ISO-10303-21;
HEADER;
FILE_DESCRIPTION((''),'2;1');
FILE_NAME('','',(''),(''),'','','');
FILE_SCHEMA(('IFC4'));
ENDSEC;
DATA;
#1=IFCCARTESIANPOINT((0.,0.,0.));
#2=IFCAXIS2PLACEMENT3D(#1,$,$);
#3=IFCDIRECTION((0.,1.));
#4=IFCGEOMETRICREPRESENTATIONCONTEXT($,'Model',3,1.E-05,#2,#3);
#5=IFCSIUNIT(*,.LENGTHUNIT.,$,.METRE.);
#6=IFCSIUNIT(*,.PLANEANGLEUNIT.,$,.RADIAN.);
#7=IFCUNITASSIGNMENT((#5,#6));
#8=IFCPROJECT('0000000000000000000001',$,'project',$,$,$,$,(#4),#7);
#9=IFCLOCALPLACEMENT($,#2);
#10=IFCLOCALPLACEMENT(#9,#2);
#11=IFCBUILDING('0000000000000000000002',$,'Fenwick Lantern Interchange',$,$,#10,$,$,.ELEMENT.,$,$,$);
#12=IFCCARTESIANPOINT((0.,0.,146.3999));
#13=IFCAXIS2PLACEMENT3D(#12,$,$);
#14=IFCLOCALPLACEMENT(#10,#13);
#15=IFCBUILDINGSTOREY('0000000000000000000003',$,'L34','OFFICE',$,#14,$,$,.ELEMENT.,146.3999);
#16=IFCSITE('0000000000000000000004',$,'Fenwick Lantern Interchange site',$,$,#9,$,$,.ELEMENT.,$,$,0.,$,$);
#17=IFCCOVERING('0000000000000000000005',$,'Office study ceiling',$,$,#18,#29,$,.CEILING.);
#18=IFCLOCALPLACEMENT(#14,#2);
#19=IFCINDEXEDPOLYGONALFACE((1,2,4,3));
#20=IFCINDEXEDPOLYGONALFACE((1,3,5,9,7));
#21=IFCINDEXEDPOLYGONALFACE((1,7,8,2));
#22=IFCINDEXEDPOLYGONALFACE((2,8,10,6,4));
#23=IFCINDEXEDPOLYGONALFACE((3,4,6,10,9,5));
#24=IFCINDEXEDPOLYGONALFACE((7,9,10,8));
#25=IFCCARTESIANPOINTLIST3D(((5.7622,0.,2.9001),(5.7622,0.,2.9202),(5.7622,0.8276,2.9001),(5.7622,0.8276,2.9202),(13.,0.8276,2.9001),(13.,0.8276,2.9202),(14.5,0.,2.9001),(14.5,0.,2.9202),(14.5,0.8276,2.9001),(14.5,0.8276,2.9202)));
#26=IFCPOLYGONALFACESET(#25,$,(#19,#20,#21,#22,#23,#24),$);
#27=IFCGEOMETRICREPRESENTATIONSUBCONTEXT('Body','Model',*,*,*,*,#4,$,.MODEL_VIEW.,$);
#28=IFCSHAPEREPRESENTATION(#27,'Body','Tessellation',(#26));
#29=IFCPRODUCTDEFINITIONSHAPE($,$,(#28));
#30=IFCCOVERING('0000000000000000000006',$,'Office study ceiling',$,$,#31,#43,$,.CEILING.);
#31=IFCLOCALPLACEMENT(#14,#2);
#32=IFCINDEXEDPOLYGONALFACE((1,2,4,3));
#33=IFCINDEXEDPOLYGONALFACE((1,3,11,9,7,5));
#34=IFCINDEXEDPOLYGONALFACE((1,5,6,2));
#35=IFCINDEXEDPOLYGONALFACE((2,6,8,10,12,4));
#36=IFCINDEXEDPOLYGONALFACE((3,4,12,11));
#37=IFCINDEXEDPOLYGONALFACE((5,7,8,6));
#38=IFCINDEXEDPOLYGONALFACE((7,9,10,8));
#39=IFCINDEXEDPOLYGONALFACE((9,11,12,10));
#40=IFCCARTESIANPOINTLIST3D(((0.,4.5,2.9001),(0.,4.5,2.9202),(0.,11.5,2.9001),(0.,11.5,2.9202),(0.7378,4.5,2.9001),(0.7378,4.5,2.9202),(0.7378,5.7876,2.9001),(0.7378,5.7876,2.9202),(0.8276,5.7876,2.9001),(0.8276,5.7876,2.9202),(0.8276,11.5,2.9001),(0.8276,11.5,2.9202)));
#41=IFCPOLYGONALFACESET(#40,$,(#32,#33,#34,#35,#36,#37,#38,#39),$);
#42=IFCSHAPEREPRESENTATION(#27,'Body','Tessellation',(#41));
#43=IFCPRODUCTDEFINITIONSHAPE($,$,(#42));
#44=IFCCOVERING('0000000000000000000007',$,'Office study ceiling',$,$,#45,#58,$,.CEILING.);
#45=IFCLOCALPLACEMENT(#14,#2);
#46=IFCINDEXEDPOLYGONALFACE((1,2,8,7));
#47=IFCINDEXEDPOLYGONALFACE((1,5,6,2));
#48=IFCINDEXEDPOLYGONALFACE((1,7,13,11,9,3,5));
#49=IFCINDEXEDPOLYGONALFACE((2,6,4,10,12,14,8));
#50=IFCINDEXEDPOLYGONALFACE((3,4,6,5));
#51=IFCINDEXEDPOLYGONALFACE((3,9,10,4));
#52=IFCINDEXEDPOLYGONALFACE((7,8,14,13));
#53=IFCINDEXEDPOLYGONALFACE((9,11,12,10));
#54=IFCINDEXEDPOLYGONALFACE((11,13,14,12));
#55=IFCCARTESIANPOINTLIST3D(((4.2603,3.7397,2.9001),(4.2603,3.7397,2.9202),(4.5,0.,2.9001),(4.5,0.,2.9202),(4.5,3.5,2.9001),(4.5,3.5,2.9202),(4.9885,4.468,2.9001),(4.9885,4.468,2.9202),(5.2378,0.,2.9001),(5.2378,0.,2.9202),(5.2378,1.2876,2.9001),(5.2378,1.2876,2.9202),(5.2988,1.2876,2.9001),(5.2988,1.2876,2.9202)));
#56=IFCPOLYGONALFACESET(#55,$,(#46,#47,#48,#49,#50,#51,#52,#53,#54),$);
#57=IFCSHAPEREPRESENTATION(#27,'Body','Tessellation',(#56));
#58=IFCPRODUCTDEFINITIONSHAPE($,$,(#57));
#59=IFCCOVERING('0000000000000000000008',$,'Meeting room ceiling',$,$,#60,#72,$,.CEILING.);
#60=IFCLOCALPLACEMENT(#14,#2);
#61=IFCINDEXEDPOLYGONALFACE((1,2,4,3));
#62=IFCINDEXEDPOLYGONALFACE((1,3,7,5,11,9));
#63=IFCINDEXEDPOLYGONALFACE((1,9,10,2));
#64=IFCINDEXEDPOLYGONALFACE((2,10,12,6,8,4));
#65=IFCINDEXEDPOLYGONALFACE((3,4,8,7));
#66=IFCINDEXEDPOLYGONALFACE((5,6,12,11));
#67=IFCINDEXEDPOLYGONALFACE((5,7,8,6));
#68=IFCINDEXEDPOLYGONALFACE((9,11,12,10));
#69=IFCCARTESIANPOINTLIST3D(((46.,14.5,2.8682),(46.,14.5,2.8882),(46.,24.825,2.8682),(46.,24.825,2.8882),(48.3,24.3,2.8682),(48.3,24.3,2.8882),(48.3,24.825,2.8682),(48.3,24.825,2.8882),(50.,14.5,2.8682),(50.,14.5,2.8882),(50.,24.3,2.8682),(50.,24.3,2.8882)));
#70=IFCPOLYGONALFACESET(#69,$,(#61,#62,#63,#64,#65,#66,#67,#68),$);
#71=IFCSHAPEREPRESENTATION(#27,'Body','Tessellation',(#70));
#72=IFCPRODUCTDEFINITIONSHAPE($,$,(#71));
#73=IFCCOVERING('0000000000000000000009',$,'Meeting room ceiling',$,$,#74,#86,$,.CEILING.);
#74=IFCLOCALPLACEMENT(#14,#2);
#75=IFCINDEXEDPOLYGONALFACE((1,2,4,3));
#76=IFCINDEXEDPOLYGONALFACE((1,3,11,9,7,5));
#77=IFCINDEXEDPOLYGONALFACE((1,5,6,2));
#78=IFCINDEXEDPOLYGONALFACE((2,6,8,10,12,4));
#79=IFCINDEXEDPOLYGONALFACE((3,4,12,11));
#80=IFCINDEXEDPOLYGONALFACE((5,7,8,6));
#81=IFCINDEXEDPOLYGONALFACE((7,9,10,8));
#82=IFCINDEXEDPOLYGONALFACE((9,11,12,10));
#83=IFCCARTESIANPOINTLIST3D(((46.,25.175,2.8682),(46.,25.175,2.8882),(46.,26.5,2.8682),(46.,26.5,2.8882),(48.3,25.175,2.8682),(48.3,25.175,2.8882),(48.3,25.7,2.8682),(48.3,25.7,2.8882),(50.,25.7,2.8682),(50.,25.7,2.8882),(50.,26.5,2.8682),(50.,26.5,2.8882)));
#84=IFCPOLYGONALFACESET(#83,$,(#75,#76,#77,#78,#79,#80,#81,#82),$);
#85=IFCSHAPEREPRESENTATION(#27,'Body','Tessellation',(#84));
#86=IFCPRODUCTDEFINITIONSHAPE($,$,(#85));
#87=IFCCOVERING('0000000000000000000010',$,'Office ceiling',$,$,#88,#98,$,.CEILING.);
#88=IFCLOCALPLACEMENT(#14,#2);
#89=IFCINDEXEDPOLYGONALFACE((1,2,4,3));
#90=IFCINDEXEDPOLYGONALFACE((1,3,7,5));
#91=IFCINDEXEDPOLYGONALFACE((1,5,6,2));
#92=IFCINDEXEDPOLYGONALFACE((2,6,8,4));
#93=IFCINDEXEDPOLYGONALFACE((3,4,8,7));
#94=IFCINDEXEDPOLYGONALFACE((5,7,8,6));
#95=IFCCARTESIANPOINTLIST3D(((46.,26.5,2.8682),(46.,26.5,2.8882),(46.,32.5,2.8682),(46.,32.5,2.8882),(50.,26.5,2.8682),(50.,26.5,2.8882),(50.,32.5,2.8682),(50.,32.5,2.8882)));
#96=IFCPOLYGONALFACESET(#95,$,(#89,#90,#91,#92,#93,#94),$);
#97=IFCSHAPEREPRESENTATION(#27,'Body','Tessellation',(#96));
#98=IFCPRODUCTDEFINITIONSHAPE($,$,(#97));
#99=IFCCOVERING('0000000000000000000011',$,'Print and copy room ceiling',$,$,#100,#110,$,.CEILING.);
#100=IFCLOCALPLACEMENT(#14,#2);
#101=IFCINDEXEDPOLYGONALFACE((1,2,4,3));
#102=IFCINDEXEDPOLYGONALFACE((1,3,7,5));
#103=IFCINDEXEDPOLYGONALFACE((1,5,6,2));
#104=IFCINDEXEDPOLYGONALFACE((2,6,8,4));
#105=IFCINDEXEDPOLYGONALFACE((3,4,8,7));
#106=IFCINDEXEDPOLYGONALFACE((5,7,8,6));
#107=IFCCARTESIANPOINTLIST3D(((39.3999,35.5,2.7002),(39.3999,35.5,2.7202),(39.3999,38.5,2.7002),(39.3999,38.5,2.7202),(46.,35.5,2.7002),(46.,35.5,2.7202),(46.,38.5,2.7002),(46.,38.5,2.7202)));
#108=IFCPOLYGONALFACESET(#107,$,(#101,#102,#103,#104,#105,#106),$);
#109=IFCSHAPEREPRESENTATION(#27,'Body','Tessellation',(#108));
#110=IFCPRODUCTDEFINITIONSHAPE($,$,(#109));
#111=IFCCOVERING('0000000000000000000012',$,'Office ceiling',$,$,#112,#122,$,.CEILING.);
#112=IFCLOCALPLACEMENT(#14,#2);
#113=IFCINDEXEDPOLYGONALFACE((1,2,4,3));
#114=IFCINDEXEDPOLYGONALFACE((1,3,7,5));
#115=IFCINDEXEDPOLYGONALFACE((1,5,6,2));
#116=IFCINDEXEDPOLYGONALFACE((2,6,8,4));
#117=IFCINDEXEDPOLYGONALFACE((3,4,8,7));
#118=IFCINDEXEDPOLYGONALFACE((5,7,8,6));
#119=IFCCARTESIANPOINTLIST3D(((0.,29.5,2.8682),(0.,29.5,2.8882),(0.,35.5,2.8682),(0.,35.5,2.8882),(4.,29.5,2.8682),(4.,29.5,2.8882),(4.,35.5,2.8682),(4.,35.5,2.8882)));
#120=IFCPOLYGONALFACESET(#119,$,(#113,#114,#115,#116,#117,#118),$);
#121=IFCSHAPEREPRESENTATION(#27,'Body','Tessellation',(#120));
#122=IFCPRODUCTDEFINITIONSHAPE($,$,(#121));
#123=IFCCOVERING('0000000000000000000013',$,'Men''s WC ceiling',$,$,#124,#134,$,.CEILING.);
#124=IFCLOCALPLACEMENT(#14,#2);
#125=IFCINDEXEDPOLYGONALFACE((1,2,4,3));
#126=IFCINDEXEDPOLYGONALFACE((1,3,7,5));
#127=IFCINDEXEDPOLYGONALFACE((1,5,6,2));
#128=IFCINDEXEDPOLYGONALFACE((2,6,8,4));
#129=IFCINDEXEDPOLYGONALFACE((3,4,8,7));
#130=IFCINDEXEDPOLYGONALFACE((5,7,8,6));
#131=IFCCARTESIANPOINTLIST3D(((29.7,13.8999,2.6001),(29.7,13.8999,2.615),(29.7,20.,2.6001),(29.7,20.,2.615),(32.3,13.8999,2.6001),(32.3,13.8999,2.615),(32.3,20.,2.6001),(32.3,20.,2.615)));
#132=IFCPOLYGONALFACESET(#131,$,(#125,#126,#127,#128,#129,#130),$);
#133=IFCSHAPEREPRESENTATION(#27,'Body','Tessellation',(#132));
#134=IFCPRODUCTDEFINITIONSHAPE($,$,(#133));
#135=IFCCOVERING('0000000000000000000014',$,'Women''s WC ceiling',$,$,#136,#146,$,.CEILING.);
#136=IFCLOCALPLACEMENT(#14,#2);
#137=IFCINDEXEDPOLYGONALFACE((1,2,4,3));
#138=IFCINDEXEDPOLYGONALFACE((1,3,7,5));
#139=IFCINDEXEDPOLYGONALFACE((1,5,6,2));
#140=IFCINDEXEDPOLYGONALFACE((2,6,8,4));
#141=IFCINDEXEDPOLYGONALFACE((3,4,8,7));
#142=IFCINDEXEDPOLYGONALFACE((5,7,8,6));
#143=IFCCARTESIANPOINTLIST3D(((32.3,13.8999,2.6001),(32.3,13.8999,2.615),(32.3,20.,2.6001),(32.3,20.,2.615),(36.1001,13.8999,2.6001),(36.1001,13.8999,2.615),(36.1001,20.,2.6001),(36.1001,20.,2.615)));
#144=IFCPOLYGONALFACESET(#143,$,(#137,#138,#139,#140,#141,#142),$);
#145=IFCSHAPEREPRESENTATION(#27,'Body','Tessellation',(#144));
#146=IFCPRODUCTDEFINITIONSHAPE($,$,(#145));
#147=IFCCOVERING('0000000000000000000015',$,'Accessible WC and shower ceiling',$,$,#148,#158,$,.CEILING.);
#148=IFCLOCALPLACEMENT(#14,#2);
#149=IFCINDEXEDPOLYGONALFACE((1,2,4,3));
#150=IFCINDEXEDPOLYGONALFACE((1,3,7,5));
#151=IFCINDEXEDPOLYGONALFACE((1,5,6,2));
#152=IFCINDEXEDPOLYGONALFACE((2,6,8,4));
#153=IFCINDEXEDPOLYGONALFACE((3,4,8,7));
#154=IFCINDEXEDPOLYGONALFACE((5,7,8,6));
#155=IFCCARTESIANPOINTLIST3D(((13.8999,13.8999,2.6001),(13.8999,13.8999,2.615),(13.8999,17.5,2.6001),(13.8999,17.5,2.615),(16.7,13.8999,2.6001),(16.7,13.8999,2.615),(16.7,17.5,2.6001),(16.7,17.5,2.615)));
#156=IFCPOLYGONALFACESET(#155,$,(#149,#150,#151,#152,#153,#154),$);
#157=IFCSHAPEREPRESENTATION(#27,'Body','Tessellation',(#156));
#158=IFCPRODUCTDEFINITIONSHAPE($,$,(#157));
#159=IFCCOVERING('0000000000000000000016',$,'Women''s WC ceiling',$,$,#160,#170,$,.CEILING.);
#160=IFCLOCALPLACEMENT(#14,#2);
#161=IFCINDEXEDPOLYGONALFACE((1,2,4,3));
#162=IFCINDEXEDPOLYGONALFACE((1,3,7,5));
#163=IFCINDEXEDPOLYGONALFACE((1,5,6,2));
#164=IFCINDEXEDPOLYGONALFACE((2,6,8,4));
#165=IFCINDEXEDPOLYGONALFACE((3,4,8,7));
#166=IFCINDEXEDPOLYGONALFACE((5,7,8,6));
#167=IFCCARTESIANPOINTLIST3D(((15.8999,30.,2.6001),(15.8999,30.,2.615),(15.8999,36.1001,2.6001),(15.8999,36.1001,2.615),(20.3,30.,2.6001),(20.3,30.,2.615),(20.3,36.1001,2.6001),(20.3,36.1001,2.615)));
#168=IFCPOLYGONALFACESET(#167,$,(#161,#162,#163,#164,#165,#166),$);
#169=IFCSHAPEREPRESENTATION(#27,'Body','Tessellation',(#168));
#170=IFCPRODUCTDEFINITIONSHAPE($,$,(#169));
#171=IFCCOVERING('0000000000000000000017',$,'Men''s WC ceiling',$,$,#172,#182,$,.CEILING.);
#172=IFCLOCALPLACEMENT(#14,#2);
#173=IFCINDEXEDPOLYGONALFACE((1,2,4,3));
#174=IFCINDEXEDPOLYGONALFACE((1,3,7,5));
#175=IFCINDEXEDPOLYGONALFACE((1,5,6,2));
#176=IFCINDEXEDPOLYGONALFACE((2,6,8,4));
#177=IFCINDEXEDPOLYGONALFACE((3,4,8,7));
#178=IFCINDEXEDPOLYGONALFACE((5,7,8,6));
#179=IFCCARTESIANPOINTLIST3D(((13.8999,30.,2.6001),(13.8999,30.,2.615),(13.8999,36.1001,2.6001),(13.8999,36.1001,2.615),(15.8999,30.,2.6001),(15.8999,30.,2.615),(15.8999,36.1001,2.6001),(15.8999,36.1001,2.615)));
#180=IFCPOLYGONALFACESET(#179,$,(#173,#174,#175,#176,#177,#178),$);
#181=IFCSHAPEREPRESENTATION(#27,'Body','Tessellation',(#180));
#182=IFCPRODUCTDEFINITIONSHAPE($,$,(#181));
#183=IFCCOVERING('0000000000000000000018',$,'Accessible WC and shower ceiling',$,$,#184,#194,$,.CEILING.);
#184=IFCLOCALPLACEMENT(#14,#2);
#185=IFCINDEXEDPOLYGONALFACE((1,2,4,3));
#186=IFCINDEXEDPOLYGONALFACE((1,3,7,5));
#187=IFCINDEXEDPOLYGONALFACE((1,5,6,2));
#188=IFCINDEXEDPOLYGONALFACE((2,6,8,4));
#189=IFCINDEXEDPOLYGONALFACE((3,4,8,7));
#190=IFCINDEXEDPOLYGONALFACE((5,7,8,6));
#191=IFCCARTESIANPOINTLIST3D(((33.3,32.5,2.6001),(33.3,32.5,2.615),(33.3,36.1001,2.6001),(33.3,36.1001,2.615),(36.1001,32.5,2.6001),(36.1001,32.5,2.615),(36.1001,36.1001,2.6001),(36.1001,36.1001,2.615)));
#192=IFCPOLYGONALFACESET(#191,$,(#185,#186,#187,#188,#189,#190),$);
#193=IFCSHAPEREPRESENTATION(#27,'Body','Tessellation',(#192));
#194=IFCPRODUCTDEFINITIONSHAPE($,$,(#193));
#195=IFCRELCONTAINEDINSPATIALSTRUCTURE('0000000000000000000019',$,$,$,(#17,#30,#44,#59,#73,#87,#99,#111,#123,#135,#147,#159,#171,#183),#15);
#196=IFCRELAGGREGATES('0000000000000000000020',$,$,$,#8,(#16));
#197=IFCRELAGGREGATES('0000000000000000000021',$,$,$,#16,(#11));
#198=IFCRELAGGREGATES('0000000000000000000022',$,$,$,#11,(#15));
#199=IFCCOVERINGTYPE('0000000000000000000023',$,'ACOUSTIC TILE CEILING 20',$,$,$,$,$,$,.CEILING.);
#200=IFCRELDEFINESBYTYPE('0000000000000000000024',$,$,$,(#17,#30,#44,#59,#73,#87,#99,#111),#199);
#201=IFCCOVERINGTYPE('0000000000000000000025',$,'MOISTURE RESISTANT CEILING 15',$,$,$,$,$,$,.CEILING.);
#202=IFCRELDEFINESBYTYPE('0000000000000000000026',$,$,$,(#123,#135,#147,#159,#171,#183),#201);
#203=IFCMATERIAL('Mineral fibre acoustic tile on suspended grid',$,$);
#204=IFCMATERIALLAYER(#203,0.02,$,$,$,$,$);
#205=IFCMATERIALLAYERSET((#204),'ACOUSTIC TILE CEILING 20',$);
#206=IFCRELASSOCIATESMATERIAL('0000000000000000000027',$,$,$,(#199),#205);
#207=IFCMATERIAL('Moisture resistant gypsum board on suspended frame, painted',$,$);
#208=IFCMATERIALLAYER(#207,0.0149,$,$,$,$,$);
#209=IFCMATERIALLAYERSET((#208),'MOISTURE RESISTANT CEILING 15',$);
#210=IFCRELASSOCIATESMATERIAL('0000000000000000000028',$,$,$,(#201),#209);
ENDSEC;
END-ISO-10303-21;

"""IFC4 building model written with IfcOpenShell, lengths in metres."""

from ifc_helpers import new_model, si_unit, direction, frame, origin, place, context, subcontext, project, spatial, polyline, outline, extrude, material, layer, layer_set, type_object, element, save


model = new_model("IFC4")

# Units and contexts
model_context = context("Model", 3, precision=1e-05, world=origin(), true_north=direction((0.0, 1.0)))
body_context = subcontext(model_context, "Body", "Model", "MODEL_VIEW")
ifc_project = project(units=[si_unit("LENGTHUNIT", "METRE"), si_unit("PLANEANGLEUNIT", "RADIAN")], contexts=[model_context])

# Site, building, storey
site_placement = place(None, origin())
site = spatial("IfcSite", under=ifc_project, at=site_placement, Name="Fenwick Lantern Interchange site", CompositionType="ELEMENT", RefElevation=0.0)
building_placement = place(site_placement, origin())
building = spatial("IfcBuilding", under=site, at=building_placement, Name="Fenwick Lantern Interchange", CompositionType="ELEMENT")
storey_placement = place(building_placement, frame((0.0, 0.0, 146.3999)))
storey = spatial("IfcBuildingStorey", under=building, at=storey_placement, Name="L34", Description="OFFICE", CompositionType="ELEMENT", Elevation=146.3999)

# Coverings
ifc_material_1 = material(Name="Mineral fibre acoustic tile on suspended grid")
ifc_layer_1 = layer(ifc_material_1, 0.02)
ifc_layer_set_1 = layer_set([ifc_layer_1], Name="ACOUSTIC TILE CEILING 20")
covering_type_1 = type_object("IfcCoveringType", Name="ACOUSTIC TILE CEILING 20", PredefinedType="CEILING", material=ifc_layer_set_1)
covering_1_placement = place(storey_placement, frame((0.0, 0.0, 2.9001)))
element("IfcCovering", 1, at=covering_1_placement, inside=storey, type_object=covering_type_1, Name="Office study ceiling", PredefinedType="CEILING", context=body_context, shape_type="SweptSolid", body=[
    extrude(outline(polyline([(14.5, 0.0), (14.5, 0.8276), (13.0, 0.8276), (5.7622, 0.8276), (5.7622, 0.0), (14.5, 0.0)])), origin(), (0.0, 0.0, 1.0), 0.02),
])
covering_2_placement = place(storey_placement, frame((0.0, 0.0, 2.9001)))
element("IfcCovering", 2, at=covering_2_placement, inside=storey, type_object=covering_type_1, Name="Office study ceiling", PredefinedType="CEILING", context=body_context, shape_type="SweptSolid", body=[
    extrude(outline(polyline([(0.7378, 5.7876), (0.8276, 5.7876), (0.8276, 11.5), (0.0, 11.5), (0.0, 4.5), (0.7378, 4.5), (0.7378, 5.7876)])), origin(), (0.0, 0.0, 1.0), 0.02),
])
covering_3_placement = place(storey_placement, frame((0.0, 0.0, 2.9001)))
element("IfcCovering", 3, at=covering_3_placement, inside=storey, type_object=covering_type_1, Name="Office study ceiling", PredefinedType="CEILING", context=body_context, shape_type="SweptSolid", body=[
    extrude(outline(polyline([(5.2378, 1.2876), (5.2988, 1.2876), (4.9885, 4.468), (4.2603, 3.7397), (4.5, 3.5), (4.5, 0.0), (5.2378, 0.0), (5.2378, 1.2876)])), origin(), (0.0, 0.0, 1.0), 0.02),
])
covering_4_placement = place(storey_placement, frame((0.0, 0.0, 2.8682)))
element("IfcCovering", 4, at=covering_4_placement, inside=storey, type_object=covering_type_1, Name="Meeting room ceiling", PredefinedType="CEILING", context=body_context, shape_type="SweptSolid", body=[
    extrude(outline(polyline([(46.0, 24.825), (46.0, 14.5), (50.0, 14.5), (50.0, 24.3), (48.3, 24.3), (48.3, 24.825), (46.0, 24.825)])), origin(), (0.0, 0.0, 1.0), 0.02),
])
covering_5_placement = place(storey_placement, frame((0.0, 0.0, 2.8682)))
element("IfcCovering", 5, at=covering_5_placement, inside=storey, type_object=covering_type_1, Name="Meeting room ceiling", PredefinedType="CEILING", context=body_context, shape_type="SweptSolid", body=[
    extrude(outline(polyline([(46.0, 26.5), (46.0, 25.175), (48.3, 25.175), (48.3, 25.7), (50.0, 25.7), (50.0, 26.5), (46.0, 26.5)])), origin(), (0.0, 0.0, 1.0), 0.02),
])
covering_6_placement = place(storey_placement, frame((0.0, 0.0, 2.8682)))
element("IfcCovering", 6, at=covering_6_placement, inside=storey, type_object=covering_type_1, Name="Office ceiling", PredefinedType="CEILING", context=body_context, shape_type="SweptSolid", body=[
    extrude(outline(polyline([(50.0, 26.5), (50.0, 32.5), (46.0, 32.5), (46.0, 26.5), (50.0, 26.5)])), origin(), (0.0, 0.0, 1.0), 0.02),
])
covering_7_placement = place(storey_placement, frame((0.0, 0.0, 2.7002)))
element("IfcCovering", 7, at=covering_7_placement, inside=storey, type_object=covering_type_1, Name="Print and copy room ceiling", PredefinedType="CEILING", context=body_context, shape_type="SweptSolid", body=[
    extrude(outline(polyline([(46.0, 35.5), (46.0, 38.5), (39.3999, 38.5), (39.3999, 35.5), (46.0, 35.5)])), origin(), (0.0, 0.0, 1.0), 0.02),
])
covering_8_placement = place(storey_placement, frame((0.0, 0.0, 2.8682)))
element("IfcCovering", 8, at=covering_8_placement, inside=storey, type_object=covering_type_1, Name="Office ceiling", PredefinedType="CEILING", context=body_context, shape_type="SweptSolid", body=[
    extrude(outline(polyline([(0.0, 35.5), (0.0, 29.5), (4.0, 29.5), (4.0, 35.5), (0.0, 35.5)])), origin(), (0.0, 0.0, 1.0), 0.02),
])
ifc_material_2 = material(Name="Moisture resistant gypsum board on suspended frame, painted")
ifc_layer_2 = layer(ifc_material_2, 0.0149)
ifc_layer_set_2 = layer_set([ifc_layer_2], Name="MOISTURE RESISTANT CEILING 15")
covering_type_2 = type_object("IfcCoveringType", Name="MOISTURE RESISTANT CEILING 15", PredefinedType="CEILING", material=ifc_layer_set_2)
covering_9_placement = place(storey_placement, frame((0.0, 0.0, 2.6001)))
element("IfcCovering", 9, at=covering_9_placement, inside=storey, type_object=covering_type_2, Name="Men's WC ceiling", PredefinedType="CEILING", context=body_context, shape_type="SweptSolid", body=[
    extrude(outline(polyline([(29.7, 13.8999), (32.3, 13.8999), (32.3, 20.0), (29.7, 20.0), (29.7, 13.8999)])), origin(), (0.0, 0.0, 1.0), 0.0149),
])
covering_10_placement = place(storey_placement, frame((0.0, 0.0, 2.6001)))
element("IfcCovering", 10, at=covering_10_placement, inside=storey, type_object=covering_type_2, Name="Women's WC ceiling", PredefinedType="CEILING", context=body_context, shape_type="SweptSolid", body=[
    extrude(outline(polyline([(32.3, 13.8999), (36.1001, 13.8999), (36.1001, 20.0), (32.3, 20.0), (32.3, 13.8999)])), origin(), (0.0, 0.0, 1.0), 0.0149),
])
covering_11_placement = place(storey_placement, frame((0.0, 0.0, 2.6001)))
element("IfcCovering", 11, at=covering_11_placement, inside=storey, type_object=covering_type_2, Name="Accessible WC and shower ceiling", PredefinedType="CEILING", context=body_context, shape_type="SweptSolid", body=[
    extrude(outline(polyline([(13.8999, 13.8999), (16.7, 13.8999), (16.7, 17.5), (13.8999, 17.5), (13.8999, 13.8999)])), origin(), (0.0, 0.0, 1.0), 0.0149),
])
covering_12_placement = place(storey_placement, frame((0.0, 0.0, 2.6001)))
element("IfcCovering", 12, at=covering_12_placement, inside=storey, type_object=covering_type_2, Name="Women's WC ceiling", PredefinedType="CEILING", context=body_context, shape_type="SweptSolid", body=[
    extrude(outline(polyline([(20.3, 36.1001), (15.8999, 36.1001), (15.8999, 30.0), (20.3, 30.0), (20.3, 36.1001)])), origin(), (0.0, 0.0, 1.0), 0.0149),
])
covering_13_placement = place(storey_placement, frame((0.0, 0.0, 2.6001)))
element("IfcCovering", 13, at=covering_13_placement, inside=storey, type_object=covering_type_2, Name="Men's WC ceiling", PredefinedType="CEILING", context=body_context, shape_type="SweptSolid", body=[
    extrude(outline(polyline([(15.8999, 36.1001), (13.8999, 36.1001), (13.8999, 30.0), (15.8999, 30.0), (15.8999, 36.1001)])), origin(), (0.0, 0.0, 1.0), 0.0149),
])
covering_14_placement = place(storey_placement, frame((0.0, 0.0, 2.6001)))
element("IfcCovering", 14, at=covering_14_placement, inside=storey, type_object=covering_type_2, Name="Accessible WC and shower ceiling", PredefinedType="CEILING", context=body_context, shape_type="SweptSolid", body=[
    extrude(outline(polyline([(36.1001, 36.1001), (33.3, 36.1001), (33.3, 32.5), (36.1001, 32.5), (36.1001, 36.1001)])), origin(), (0.0, 0.0, 1.0), 0.0149),
])

save(model, "model.ifc")
